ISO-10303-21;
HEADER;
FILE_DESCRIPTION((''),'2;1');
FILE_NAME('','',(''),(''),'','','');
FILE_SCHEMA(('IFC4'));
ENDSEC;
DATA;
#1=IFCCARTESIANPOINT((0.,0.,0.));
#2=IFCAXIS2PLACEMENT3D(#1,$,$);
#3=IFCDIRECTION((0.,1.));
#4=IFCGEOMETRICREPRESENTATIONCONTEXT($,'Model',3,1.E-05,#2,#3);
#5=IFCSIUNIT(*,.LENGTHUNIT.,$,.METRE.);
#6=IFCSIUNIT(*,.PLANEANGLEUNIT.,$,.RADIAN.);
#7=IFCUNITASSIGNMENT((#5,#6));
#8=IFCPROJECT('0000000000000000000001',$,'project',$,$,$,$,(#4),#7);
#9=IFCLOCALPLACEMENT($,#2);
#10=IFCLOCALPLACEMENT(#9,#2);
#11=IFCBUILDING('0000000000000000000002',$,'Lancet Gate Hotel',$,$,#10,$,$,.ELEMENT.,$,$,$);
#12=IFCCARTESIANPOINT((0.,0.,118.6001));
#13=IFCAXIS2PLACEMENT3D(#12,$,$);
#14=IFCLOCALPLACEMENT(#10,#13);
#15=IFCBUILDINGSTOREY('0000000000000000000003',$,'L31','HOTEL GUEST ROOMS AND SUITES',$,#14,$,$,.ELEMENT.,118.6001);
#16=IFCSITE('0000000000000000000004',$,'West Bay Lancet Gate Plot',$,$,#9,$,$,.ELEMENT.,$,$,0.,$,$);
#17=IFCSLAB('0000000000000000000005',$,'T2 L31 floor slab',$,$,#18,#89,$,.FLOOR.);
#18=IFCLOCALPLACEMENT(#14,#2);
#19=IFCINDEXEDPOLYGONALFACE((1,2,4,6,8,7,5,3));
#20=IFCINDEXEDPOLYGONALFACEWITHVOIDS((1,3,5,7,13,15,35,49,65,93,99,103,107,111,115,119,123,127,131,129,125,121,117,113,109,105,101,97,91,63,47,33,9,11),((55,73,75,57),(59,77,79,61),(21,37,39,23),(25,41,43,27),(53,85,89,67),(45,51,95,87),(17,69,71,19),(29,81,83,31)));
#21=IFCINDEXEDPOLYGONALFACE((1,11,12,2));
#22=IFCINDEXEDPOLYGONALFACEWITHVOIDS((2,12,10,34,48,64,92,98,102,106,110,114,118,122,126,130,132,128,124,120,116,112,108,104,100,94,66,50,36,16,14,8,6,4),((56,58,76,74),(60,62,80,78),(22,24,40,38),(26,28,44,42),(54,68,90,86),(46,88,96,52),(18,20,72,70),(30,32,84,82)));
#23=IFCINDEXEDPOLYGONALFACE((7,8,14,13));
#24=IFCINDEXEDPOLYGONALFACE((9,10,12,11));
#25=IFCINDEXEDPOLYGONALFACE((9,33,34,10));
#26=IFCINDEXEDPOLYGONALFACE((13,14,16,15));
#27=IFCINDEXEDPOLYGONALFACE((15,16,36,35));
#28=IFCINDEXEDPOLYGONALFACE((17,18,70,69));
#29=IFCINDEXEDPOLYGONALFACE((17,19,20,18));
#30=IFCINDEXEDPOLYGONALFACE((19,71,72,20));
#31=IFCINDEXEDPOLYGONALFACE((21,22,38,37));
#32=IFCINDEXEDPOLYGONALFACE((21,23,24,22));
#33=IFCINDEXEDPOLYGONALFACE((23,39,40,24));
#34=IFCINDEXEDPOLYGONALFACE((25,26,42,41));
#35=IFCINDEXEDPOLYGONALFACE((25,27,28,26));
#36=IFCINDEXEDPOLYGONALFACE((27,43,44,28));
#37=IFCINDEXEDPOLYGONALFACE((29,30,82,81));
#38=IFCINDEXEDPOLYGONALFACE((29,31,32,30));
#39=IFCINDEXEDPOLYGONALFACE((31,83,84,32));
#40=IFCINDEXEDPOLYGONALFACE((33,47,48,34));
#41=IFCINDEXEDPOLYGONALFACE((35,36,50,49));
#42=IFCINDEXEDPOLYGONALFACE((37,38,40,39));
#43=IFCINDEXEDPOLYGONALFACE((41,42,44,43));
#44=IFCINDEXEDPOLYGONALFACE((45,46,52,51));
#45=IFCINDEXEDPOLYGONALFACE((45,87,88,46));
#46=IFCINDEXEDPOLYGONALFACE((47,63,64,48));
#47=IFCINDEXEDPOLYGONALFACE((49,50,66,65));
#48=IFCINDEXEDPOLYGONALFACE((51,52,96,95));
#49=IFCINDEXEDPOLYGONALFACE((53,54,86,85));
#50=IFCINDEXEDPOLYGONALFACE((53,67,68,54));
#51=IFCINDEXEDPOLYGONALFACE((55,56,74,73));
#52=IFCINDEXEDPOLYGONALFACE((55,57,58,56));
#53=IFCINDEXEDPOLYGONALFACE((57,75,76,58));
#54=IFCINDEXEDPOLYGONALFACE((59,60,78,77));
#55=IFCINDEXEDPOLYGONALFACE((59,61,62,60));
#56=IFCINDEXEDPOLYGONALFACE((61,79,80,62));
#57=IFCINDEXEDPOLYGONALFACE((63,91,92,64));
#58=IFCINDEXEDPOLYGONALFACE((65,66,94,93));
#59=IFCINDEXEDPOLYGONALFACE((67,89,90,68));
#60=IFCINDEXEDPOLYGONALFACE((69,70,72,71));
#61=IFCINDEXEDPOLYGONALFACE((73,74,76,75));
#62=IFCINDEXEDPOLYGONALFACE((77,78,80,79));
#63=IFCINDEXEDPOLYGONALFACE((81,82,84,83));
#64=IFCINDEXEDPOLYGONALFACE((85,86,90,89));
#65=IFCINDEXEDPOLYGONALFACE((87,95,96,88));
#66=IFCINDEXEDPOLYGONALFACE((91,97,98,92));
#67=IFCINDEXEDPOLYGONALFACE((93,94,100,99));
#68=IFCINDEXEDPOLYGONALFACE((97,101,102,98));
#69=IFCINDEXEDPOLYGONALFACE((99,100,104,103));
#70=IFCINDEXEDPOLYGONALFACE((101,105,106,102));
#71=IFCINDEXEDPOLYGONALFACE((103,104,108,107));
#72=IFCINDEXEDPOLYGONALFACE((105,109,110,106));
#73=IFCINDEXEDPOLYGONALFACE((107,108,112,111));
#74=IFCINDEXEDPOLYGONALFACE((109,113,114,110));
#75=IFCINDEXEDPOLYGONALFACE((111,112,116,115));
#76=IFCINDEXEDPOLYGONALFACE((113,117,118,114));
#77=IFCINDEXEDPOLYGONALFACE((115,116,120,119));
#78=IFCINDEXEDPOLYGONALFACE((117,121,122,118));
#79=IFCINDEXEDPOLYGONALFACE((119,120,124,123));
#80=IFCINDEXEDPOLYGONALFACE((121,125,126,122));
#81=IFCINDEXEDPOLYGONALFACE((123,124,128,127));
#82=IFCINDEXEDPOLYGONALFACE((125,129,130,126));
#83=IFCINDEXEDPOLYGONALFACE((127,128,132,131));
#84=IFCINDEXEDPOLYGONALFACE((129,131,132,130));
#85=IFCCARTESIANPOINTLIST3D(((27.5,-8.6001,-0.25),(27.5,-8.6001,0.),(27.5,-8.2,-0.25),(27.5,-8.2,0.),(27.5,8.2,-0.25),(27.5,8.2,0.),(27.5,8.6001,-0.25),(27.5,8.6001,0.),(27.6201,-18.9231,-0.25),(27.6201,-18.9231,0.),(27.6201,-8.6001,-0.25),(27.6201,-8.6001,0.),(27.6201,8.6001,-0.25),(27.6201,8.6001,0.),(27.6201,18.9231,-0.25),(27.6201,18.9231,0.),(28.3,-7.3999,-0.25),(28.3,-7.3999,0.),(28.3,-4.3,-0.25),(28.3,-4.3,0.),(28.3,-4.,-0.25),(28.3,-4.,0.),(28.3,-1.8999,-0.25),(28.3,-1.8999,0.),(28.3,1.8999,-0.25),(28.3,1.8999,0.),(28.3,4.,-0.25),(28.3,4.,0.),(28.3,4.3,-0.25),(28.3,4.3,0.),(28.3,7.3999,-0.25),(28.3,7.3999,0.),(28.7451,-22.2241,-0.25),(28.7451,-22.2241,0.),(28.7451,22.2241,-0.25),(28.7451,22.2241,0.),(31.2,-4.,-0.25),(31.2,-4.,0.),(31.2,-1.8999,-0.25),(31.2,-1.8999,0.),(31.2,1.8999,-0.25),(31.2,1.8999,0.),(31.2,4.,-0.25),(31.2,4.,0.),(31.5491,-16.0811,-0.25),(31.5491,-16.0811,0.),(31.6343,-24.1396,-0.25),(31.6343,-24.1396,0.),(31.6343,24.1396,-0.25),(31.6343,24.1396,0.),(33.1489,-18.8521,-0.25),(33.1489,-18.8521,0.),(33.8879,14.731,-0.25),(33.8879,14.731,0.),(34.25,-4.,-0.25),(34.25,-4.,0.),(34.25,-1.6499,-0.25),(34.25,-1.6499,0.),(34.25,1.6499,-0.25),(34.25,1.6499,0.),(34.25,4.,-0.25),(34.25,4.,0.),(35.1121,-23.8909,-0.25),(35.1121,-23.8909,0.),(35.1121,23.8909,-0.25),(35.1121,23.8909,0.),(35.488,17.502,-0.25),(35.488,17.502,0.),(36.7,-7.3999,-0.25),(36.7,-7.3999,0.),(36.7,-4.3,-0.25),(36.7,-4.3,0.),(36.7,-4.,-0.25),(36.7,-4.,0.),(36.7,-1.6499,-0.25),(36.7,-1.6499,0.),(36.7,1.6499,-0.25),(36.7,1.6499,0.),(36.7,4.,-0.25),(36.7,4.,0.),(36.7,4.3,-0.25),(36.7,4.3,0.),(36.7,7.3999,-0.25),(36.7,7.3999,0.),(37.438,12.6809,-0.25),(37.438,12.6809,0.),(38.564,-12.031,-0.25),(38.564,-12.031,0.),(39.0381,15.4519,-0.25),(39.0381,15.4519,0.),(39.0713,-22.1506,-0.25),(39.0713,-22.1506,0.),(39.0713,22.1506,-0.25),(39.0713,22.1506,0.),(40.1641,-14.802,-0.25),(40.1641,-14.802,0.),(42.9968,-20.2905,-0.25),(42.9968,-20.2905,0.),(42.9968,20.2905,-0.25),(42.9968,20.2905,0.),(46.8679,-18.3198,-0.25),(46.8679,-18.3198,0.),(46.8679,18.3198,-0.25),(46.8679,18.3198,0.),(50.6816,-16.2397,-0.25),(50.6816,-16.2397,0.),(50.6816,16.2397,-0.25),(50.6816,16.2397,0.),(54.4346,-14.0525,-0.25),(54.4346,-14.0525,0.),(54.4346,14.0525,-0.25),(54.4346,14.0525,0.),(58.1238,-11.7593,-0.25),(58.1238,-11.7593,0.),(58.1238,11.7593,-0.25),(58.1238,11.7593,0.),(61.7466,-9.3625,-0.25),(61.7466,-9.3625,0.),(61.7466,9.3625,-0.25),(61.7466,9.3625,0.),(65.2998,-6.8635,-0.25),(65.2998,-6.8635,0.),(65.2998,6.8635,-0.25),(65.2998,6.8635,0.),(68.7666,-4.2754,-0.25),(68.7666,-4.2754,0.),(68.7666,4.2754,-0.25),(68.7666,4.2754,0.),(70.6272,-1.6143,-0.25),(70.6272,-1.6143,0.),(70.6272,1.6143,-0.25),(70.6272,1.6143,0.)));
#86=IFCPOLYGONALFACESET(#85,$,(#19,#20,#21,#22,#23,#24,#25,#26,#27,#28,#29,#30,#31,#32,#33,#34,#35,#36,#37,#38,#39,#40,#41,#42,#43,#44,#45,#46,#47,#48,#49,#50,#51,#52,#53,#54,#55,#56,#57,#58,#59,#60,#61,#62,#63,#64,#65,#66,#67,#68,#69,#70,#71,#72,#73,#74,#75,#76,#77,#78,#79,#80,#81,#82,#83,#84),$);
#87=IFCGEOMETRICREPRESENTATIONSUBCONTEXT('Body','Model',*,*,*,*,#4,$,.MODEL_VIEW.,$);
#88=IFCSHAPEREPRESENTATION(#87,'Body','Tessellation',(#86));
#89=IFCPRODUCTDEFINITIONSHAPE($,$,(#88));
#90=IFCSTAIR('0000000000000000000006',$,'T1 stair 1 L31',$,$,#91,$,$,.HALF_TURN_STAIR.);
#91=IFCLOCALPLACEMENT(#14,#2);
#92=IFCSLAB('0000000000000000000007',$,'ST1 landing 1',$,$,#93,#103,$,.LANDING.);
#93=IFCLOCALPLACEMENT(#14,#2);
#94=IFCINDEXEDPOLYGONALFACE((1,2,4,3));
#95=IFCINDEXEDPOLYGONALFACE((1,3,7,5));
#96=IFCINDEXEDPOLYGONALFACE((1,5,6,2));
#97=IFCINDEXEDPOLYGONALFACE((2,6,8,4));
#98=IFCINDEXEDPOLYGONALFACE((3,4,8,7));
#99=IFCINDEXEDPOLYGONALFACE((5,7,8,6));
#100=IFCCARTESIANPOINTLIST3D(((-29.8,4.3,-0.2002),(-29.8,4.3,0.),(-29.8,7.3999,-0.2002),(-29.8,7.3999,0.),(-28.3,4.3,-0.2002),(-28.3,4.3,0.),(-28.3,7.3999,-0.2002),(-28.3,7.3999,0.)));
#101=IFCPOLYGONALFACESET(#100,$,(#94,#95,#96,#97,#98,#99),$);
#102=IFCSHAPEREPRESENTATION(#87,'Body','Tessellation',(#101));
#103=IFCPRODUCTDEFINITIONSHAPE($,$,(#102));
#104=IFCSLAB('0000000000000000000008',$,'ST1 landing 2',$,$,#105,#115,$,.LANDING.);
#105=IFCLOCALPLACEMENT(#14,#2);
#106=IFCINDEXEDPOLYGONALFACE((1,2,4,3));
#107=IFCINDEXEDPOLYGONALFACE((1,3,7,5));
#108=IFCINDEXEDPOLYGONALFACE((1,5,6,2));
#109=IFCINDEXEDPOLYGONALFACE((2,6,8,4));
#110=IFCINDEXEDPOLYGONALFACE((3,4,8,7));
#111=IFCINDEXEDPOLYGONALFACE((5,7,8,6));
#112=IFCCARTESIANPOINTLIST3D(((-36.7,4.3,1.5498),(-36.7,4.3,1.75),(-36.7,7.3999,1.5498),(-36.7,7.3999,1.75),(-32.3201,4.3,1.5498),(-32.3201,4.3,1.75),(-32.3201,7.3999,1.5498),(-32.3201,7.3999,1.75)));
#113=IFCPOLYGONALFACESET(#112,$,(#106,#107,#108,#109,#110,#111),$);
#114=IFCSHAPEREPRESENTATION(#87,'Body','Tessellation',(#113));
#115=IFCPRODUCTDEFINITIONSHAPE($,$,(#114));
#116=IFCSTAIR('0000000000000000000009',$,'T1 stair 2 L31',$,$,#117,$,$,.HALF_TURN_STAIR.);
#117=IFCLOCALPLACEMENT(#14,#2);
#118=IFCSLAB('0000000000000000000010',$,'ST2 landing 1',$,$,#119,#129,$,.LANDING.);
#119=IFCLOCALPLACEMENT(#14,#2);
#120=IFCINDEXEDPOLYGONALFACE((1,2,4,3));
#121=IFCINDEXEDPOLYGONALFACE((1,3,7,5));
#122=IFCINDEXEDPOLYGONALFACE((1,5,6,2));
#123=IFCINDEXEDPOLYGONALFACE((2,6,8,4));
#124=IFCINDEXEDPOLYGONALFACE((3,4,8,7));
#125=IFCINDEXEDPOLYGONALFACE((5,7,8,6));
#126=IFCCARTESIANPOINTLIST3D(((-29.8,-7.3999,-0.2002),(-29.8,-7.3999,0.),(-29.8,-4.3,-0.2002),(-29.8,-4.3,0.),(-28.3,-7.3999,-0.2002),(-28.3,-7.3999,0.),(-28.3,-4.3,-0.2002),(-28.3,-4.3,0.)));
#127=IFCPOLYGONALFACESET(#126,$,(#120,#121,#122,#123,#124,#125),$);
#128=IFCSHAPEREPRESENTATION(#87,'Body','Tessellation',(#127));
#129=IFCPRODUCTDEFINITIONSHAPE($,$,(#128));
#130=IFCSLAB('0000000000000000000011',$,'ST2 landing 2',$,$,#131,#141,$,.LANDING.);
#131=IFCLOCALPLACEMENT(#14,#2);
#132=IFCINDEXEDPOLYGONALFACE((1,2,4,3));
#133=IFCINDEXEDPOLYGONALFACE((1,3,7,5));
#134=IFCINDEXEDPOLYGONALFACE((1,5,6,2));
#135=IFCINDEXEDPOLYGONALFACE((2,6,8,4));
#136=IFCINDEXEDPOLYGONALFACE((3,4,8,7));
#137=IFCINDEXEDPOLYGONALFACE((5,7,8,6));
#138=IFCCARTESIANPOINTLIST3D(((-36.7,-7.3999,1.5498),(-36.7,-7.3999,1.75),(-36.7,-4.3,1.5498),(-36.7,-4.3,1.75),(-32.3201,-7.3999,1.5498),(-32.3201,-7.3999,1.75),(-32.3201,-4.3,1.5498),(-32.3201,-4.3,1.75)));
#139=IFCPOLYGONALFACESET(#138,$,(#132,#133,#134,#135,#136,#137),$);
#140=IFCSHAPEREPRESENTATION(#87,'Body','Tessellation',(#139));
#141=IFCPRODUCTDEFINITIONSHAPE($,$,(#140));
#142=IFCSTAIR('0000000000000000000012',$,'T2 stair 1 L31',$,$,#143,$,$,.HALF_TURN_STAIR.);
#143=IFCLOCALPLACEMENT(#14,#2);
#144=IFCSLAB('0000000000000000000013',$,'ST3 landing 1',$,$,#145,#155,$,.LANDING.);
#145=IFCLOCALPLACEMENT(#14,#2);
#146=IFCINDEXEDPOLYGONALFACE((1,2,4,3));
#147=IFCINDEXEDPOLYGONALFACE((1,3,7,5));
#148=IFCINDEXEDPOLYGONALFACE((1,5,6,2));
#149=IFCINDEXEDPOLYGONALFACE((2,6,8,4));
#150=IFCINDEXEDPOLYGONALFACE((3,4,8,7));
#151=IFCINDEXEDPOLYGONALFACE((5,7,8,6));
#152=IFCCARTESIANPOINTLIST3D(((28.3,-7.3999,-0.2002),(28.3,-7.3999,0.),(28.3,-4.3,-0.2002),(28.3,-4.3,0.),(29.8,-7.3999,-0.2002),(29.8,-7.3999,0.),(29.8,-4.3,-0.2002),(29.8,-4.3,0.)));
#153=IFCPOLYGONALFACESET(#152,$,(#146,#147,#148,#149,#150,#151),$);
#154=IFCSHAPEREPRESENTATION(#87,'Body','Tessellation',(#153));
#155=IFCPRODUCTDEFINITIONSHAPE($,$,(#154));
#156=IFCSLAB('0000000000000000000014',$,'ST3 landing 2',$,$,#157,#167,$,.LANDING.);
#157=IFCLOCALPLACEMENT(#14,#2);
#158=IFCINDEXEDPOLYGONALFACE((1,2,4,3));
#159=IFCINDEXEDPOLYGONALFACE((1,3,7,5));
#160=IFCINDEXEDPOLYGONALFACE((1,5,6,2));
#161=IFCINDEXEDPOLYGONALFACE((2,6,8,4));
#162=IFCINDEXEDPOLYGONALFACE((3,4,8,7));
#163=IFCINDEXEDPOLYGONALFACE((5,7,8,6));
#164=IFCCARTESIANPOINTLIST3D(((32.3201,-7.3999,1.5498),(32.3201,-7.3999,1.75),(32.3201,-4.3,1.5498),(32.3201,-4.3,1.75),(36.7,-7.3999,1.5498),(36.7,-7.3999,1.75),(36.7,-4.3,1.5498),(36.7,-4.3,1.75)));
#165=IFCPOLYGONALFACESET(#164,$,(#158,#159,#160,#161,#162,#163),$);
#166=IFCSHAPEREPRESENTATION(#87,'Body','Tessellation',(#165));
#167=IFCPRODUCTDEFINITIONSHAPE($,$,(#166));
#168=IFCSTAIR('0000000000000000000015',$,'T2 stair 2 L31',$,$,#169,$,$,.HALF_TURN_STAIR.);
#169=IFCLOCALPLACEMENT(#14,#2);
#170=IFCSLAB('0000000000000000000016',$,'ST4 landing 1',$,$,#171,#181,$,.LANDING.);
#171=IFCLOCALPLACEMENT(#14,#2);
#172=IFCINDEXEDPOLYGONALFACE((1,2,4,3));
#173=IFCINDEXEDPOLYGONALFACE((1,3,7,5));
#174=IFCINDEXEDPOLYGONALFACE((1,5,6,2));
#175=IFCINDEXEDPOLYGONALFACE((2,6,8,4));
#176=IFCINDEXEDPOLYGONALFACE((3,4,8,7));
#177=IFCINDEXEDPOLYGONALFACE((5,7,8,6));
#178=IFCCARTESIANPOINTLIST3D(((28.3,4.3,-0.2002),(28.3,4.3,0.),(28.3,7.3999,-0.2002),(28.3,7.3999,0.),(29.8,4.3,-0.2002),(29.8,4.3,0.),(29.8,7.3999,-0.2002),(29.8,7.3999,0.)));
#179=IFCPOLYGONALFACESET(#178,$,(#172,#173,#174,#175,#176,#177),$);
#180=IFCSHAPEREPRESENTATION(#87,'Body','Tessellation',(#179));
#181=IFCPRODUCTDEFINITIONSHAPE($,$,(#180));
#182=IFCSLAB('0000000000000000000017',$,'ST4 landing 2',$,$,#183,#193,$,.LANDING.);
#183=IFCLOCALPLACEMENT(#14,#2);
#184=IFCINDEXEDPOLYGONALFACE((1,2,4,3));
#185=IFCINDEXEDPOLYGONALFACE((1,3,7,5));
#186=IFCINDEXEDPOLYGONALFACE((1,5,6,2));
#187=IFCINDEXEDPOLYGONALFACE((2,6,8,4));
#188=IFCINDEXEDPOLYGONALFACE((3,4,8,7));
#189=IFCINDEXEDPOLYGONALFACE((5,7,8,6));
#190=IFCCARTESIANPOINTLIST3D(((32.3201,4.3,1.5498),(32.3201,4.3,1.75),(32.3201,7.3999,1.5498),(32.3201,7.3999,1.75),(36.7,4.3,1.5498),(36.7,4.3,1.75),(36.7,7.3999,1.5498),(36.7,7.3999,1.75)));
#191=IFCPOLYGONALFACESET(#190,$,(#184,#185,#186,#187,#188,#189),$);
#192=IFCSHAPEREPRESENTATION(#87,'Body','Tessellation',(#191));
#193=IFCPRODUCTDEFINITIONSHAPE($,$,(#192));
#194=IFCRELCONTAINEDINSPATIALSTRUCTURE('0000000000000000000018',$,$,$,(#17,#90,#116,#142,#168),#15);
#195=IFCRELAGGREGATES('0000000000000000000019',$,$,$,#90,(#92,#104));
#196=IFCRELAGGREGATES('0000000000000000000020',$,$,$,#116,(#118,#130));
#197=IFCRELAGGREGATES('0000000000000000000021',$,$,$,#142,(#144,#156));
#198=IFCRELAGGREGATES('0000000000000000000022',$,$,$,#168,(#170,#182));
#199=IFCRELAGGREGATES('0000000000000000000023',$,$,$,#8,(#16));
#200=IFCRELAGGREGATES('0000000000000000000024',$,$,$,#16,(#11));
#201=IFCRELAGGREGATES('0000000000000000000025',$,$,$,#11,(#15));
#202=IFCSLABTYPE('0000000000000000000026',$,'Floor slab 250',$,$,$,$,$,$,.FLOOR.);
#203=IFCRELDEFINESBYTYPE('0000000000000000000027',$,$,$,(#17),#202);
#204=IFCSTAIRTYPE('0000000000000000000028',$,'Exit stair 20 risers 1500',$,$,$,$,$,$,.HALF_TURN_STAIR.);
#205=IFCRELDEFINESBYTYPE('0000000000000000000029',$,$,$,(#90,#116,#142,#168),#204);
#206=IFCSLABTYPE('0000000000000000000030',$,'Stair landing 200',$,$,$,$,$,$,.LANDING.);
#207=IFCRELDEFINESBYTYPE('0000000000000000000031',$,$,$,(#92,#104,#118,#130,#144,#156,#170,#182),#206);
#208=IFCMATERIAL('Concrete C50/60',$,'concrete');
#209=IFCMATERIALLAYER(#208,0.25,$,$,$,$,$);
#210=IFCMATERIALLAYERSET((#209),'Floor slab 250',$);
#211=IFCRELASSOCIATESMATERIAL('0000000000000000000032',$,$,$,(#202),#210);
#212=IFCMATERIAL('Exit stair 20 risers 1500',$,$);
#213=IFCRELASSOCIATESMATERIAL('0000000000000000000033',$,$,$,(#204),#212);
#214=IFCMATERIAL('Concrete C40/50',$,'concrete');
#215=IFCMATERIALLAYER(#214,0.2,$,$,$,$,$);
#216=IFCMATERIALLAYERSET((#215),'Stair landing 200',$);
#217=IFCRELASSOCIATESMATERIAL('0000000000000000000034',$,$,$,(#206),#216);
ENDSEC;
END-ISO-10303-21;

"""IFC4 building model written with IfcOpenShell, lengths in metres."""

from ifc_helpers import new_model, si_unit, direction, frame, origin, place, context, subcontext, project, spatial, polyline, outline, extrude, material, layer, layer_set, type_object, element, aggregate, save


model = new_model("IFC4")

# Units and contexts
model_context = context("Model", 3, precision=1e-05, world=origin(), true_north=direction((0.0, 1.0)))
body_context = subcontext(model_context, "Body", "Model", "MODEL_VIEW")
ifc_project = project(units=[si_unit("LENGTHUNIT", "METRE"), si_unit("PLANEANGLEUNIT", "RADIAN")], contexts=[model_context])

# Site, building, storey
site_placement = place(None, origin())
site = spatial("IfcSite", under=ifc_project, at=site_placement, Name="West Bay Lancet Gate Plot", CompositionType="ELEMENT", RefElevation=0.0)
building_placement = place(site_placement, origin())
building = spatial("IfcBuilding", under=site, at=building_placement, Name="Lancet Gate Hotel", CompositionType="ELEMENT")
storey_placement = place(building_placement, frame((0.0, 0.0, 118.6001)))
storey = spatial("IfcBuildingStorey", under=building, at=storey_placement, Name="L31", Description="HOTEL GUEST ROOMS AND SUITES", CompositionType="ELEMENT", Elevation=118.6001)

# Slab
ifc_material_1 = material(Name="Concrete C50/60", Category="concrete")
ifc_layer_1 = layer(ifc_material_1, 0.25)
ifc_layer_set_1 = layer_set([ifc_layer_1], Name="Floor slab 250")
slab_type_1 = type_object("IfcSlabType", Name="Floor slab 250", PredefinedType="FLOOR", material=ifc_layer_set_1)
slab_1_placement = place(storey_placement, frame((0.0, 0.0, -0.25)))
element("IfcSlab", 1, at=slab_1_placement, inside=storey, type_object=slab_type_1, Name="T2 L31 floor slab", PredefinedType="FLOOR", context=body_context, shape_type="SweptSolid", body=[
    extrude(outline(polyline([(27.5, -8.6001), (27.6201, -8.6001), (27.6201, -18.9231), (28.7451, -22.2241), (31.6343, -24.1396), (35.1121, -23.8909), (39.0713, -22.1506), (42.9968, -20.2905), (46.8679, -18.3198), (50.6816, -16.2397), (54.4346, -14.0525), (58.1238, -11.7593), (61.7466, -9.3625), (65.2998, -6.8635), (68.7666, -4.2754), (70.6272, -1.6143), (70.6272, 1.6143), (68.7666, 4.2754), (65.2998, 6.8635), (61.7466, 9.3625), (58.1238, 11.7593), (54.4346, 14.0525), (50.6816, 16.2397), (46.8679, 18.3198), (42.9968, 20.2905), (39.0713, 22.1506), (35.1121, 23.8909), (31.6343, 24.1396), (28.7451, 22.2241), (27.6201, 18.9231), (27.6201, 8.6001), (27.5, 8.6001), (27.5, 8.2), (27.5, -8.2), (27.5, -8.6001)]), holes=[polyline([(36.7, -7.3999), (36.7, -4.3), (28.3, -4.3), (28.3, -7.3999), (36.7, -7.3999)]), polyline([(28.3, -4.0), (31.2, -4.0), (31.2, -1.8999), (28.3, -1.8999), (28.3, -4.0)]), polyline([(34.25, -4.0), (36.7, -4.0), (36.7, -1.6499), (34.25, -1.6499), (34.25, -4.0)]), polyline([(36.7, 1.6499), (36.7, 4.0), (34.25, 4.0), (34.25, 1.6499), (36.7, 1.6499)]), polyline([(28.3, 1.8999), (31.2, 1.8999), (31.2, 4.0), (28.3, 4.0), (28.3, 1.8999)]), polyline([(28.3, 4.3), (36.7, 4.3), (36.7, 7.3999), (28.3, 7.3999), (28.3, 4.3)]), polyline([(31.5491, -16.0811), (33.1489, -18.8521), (40.1641, -14.802), (38.564, -12.031), (31.5491, -16.0811)]), polyline([(33.8879, 14.731), (37.438, 12.6809), (39.0381, 15.4519), (35.488, 17.502), (33.8879, 14.731)])]), origin(), (0.0, 0.0, 1.0), 0.25),
])

# Stairs, slabs
ifc_material_2 = material(Name="Exit stair 20 risers 1500")
stair_type = type_object("IfcStairType", Name="Exit stair 20 risers 1500", PredefinedType="HALF_TURN_STAIR", material=ifc_material_2)
stair_1_placement = place(storey_placement, origin())
stair_1 = element("IfcStair", 2, at=stair_1_placement, inside=storey, type_object=stair_type, Name="T1 stair 1 L31", PredefinedType="HALF_TURN_STAIR")
ifc_material_3 = material(Name="Concrete C40/50", Category="concrete")
ifc_layer_2 = layer(ifc_material_3, 0.2)
ifc_layer_set_2 = layer_set([ifc_layer_2], Name="Stair landing 200")
slab_type_2 = type_object("IfcSlabType", Name="Stair landing 200", PredefinedType="LANDING", material=ifc_layer_set_2)
slab_2_placement = place(storey_placement, frame((0.0, 0.0, -0.2002)))
slab_2 = element("IfcSlab", 3, at=slab_2_placement, type_object=slab_type_2, Name="ST1 landing 1", PredefinedType="LANDING", context=body_context, shape_type="SweptSolid", body=[
    extrude(outline(polyline([(-28.3, 7.3999), (-29.8, 7.3999), (-29.8, 4.3), (-28.3, 4.3), (-28.3, 7.3999)])), origin(), (0.0, 0.0, 1.0), 0.2002),
])
slab_3_placement = place(storey_placement, frame((0.0, 0.0, 1.5498)))
slab_3 = element("IfcSlab", 4, at=slab_3_placement, type_object=slab_type_2, Name="ST1 landing 2", PredefinedType="LANDING", context=body_context, shape_type="SweptSolid", body=[
    extrude(outline(polyline([(-32.3201, 7.3999), (-36.7, 7.3999), (-36.7, 4.3), (-32.3201, 4.3), (-32.3201, 7.3999)])), origin(), (0.0, 0.0, 1.0), 0.2002),
])
aggregate(stair_1, [slab_2, slab_3])
stair_2_placement = place(storey_placement, origin())
stair_2 = element("IfcStair", 5, at=stair_2_placement, inside=storey, type_object=stair_type, Name="T1 stair 2 L31", PredefinedType="HALF_TURN_STAIR")
slab_4_placement = place(storey_placement, frame((0.0, 0.0, -0.2002)))
slab_4 = element("IfcSlab", 6, at=slab_4_placement, type_object=slab_type_2, Name="ST2 landing 1", PredefinedType="LANDING", context=body_context, shape_type="SweptSolid", body=[
    extrude(outline(polyline([(-28.3, -4.3), (-29.8, -4.3), (-29.8, -7.3999), (-28.3, -7.3999), (-28.3, -4.3)])), origin(), (0.0, 0.0, 1.0), 0.2002),
])
slab_5_placement = place(storey_placement, frame((0.0, 0.0, 1.5498)))
slab_5 = element("IfcSlab", 7, at=slab_5_placement, type_object=slab_type_2, Name="ST2 landing 2", PredefinedType="LANDING", context=body_context, shape_type="SweptSolid", body=[
    extrude(outline(polyline([(-32.3201, -4.3), (-36.7, -4.3), (-36.7, -7.3999), (-32.3201, -7.3999), (-32.3201, -4.3)])), origin(), (0.0, 0.0, 1.0), 0.2002),
])
aggregate(stair_2, [slab_4, slab_5])
stair_3_placement = place(storey_placement, origin())
stair_3 = element("IfcStair", 8, at=stair_3_placement, inside=storey, type_object=stair_type, Name="T2 stair 1 L31", PredefinedType="HALF_TURN_STAIR")
slab_6_placement = place(storey_placement, frame((0.0, 0.0, -0.2002)))
slab_6 = element("IfcSlab", 9, at=slab_6_placement, type_object=slab_type_2, Name="ST3 landing 1", PredefinedType="LANDING", context=body_context, shape_type="SweptSolid", body=[
    extrude(outline(polyline([(28.3, -7.3999), (29.8, -7.3999), (29.8, -4.3), (28.3, -4.3), (28.3, -7.3999)])), origin(), (0.0, 0.0, 1.0), 0.2002),
])
slab_7_placement = place(storey_placement, frame((0.0, 0.0, 1.5498)))
slab_7 = element("IfcSlab", 10, at=slab_7_placement, type_object=slab_type_2, Name="ST3 landing 2", PredefinedType="LANDING", context=body_context, shape_type="SweptSolid", body=[
    extrude(outline(polyline([(32.3201, -7.3999), (36.7, -7.3999), (36.7, -4.3), (32.3201, -4.3), (32.3201, -7.3999)])), origin(), (0.0, 0.0, 1.0), 0.2002),
])
aggregate(stair_3, [slab_6, slab_7])
stair_4_placement = place(storey_placement, origin())
stair_4 = element("IfcStair", 11, at=stair_4_placement, inside=storey, type_object=stair_type, Name="T2 stair 2 L31", PredefinedType="HALF_TURN_STAIR")
slab_8_placement = place(storey_placement, frame((0.0, 0.0, -0.2002)))
slab_8 = element("IfcSlab", 12, at=slab_8_placement, type_object=slab_type_2, Name="ST4 landing 1", PredefinedType="LANDING", context=body_context, shape_type="SweptSolid", body=[
    extrude(outline(polyline([(28.3, 4.3), (29.8, 4.3), (29.8, 7.3999), (28.3, 7.3999), (28.3, 4.3)])), origin(), (0.0, 0.0, 1.0), 0.2002),
])
slab_9_placement = place(storey_placement, frame((0.0, 0.0, 1.5498)))
slab_9 = element("IfcSlab", 13, at=slab_9_placement, type_object=slab_type_2, Name="ST4 landing 2", PredefinedType="LANDING", context=body_context, shape_type="SweptSolid", body=[
    extrude(outline(polyline([(32.3201, 4.3), (36.7, 4.3), (36.7, 7.3999), (32.3201, 7.3999), (32.3201, 4.3)])), origin(), (0.0, 0.0, 1.0), 0.2002),
])
aggregate(stair_4, [slab_8, slab_9])

save(model, "model.ifc")
